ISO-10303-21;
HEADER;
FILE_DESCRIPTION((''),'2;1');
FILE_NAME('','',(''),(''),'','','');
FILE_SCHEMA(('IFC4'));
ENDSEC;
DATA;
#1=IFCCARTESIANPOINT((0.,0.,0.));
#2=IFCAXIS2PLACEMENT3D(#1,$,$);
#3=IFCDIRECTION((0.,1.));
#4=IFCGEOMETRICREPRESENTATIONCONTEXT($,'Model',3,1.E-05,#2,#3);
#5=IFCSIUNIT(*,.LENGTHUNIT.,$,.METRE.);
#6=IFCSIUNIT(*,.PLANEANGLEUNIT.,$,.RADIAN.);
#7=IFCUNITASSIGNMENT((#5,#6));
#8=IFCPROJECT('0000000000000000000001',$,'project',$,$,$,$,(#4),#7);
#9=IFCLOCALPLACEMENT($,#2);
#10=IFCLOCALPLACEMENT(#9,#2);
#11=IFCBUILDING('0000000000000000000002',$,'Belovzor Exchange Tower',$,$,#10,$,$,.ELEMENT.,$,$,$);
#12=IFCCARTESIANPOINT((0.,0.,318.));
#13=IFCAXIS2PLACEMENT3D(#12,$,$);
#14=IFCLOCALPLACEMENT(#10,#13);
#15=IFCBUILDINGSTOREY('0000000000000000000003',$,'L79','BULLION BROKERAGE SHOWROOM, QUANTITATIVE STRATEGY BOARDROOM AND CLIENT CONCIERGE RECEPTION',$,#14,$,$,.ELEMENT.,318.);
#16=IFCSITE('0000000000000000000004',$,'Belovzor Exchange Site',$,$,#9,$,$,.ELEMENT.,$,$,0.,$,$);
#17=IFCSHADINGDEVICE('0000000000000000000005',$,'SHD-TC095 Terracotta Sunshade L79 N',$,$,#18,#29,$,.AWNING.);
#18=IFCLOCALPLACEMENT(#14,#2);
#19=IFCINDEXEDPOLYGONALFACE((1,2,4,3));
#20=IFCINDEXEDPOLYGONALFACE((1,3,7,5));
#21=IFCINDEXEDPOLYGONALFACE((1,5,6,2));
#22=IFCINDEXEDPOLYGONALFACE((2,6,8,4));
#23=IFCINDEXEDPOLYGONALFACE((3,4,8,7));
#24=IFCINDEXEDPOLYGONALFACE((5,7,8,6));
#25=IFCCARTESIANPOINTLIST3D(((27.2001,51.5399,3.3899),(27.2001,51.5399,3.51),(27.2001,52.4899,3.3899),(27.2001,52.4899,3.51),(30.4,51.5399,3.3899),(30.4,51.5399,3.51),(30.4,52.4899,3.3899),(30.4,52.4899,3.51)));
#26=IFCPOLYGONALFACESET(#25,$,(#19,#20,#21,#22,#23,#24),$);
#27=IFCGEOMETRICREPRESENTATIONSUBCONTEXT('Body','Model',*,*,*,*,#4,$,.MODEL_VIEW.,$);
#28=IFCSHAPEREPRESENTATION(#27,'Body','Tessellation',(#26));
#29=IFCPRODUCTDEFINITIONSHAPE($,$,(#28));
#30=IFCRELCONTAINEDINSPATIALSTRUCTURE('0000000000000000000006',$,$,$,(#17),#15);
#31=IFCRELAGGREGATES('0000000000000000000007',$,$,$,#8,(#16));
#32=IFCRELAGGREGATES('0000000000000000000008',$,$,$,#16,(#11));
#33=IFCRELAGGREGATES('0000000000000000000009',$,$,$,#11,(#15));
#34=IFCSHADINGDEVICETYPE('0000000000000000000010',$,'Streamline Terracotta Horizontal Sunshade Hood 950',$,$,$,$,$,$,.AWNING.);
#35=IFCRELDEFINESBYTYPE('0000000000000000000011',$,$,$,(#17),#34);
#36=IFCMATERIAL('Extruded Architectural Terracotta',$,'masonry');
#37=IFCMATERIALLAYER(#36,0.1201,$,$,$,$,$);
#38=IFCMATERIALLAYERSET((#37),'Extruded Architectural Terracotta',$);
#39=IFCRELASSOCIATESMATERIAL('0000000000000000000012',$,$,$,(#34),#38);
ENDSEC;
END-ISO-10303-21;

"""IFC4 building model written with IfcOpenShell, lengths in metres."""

from ifc_helpers import new_model, si_unit, direction, frame, origin, origin_2d, place, context, subcontext, project, spatial, rectangle, extrude, material, layer, layer_set, type_object, element, save


model = new_model("IFC4")

# Units and contexts
model_context = context("Model", 3, precision=1e-05, world=origin(), true_north=direction((0.0, 1.0)))
body_context = subcontext(model_context, "Body", "Model", "MODEL_VIEW")
ifc_project = project(units=[si_unit("LENGTHUNIT", "METRE"), si_unit("PLANEANGLEUNIT", "RADIAN")], contexts=[model_context])

# Site, building, storey
site_placement = place(None, origin())
site = spatial("IfcSite", under=ifc_project, at=site_placement, Name="Belovzor Exchange Site", CompositionType="ELEMENT", RefElevation=0.0)
building_placement = place(site_placement, origin())
building = spatial("IfcBuilding", under=site, at=building_placement, Name="Belovzor Exchange Tower", CompositionType="ELEMENT")
storey_placement = place(building_placement, frame((0.0, 0.0, 318.0)))
storey = spatial("IfcBuildingStorey", under=building, at=storey_placement, Name="L79", Description="BULLION BROKERAGE SHOWROOM, QUANTITATIVE STRATEGY BOARDROOM AND CLIENT CONCIERGE RECEPTION", CompositionType="ELEMENT", Elevation=318.0)

# Shading device
ifc_material_1 = material(Name="Extruded Architectural Terracotta", Category="masonry")
ifc_layer_1 = layer(ifc_material_1, 0.1201)
ifc_layer_set_1 = layer_set([ifc_layer_1], Name="Extruded Architectural Terracotta")
shading_device_type = type_object("IfcShadingDeviceType", Name="Streamline Terracotta Horizontal Sunshade Hood 950", PredefinedType="AWNING", material=ifc_layer_set_1)
shading_device_placement = place(storey_placement, frame((28.8, 52.0149, 3.3899), z_axis=(0.0, 0.0, 1.0), x_axis=(1.0, 0.0, 0.0)))
element("IfcShadingDevice", 1, at=shading_device_placement, inside=storey, type_object=shading_device_type, Name="SHD-TC095 Terracotta Sunshade L79 N", PredefinedType="AWNING", context=body_context, shape_type="SweptSolid", body=[
    extrude(rectangle(XDim=3.2, YDim=0.95, at=origin_2d()), origin(), (0.0, 0.0, 1.0), 0.1201),
])

save(model, "model.ifc")
